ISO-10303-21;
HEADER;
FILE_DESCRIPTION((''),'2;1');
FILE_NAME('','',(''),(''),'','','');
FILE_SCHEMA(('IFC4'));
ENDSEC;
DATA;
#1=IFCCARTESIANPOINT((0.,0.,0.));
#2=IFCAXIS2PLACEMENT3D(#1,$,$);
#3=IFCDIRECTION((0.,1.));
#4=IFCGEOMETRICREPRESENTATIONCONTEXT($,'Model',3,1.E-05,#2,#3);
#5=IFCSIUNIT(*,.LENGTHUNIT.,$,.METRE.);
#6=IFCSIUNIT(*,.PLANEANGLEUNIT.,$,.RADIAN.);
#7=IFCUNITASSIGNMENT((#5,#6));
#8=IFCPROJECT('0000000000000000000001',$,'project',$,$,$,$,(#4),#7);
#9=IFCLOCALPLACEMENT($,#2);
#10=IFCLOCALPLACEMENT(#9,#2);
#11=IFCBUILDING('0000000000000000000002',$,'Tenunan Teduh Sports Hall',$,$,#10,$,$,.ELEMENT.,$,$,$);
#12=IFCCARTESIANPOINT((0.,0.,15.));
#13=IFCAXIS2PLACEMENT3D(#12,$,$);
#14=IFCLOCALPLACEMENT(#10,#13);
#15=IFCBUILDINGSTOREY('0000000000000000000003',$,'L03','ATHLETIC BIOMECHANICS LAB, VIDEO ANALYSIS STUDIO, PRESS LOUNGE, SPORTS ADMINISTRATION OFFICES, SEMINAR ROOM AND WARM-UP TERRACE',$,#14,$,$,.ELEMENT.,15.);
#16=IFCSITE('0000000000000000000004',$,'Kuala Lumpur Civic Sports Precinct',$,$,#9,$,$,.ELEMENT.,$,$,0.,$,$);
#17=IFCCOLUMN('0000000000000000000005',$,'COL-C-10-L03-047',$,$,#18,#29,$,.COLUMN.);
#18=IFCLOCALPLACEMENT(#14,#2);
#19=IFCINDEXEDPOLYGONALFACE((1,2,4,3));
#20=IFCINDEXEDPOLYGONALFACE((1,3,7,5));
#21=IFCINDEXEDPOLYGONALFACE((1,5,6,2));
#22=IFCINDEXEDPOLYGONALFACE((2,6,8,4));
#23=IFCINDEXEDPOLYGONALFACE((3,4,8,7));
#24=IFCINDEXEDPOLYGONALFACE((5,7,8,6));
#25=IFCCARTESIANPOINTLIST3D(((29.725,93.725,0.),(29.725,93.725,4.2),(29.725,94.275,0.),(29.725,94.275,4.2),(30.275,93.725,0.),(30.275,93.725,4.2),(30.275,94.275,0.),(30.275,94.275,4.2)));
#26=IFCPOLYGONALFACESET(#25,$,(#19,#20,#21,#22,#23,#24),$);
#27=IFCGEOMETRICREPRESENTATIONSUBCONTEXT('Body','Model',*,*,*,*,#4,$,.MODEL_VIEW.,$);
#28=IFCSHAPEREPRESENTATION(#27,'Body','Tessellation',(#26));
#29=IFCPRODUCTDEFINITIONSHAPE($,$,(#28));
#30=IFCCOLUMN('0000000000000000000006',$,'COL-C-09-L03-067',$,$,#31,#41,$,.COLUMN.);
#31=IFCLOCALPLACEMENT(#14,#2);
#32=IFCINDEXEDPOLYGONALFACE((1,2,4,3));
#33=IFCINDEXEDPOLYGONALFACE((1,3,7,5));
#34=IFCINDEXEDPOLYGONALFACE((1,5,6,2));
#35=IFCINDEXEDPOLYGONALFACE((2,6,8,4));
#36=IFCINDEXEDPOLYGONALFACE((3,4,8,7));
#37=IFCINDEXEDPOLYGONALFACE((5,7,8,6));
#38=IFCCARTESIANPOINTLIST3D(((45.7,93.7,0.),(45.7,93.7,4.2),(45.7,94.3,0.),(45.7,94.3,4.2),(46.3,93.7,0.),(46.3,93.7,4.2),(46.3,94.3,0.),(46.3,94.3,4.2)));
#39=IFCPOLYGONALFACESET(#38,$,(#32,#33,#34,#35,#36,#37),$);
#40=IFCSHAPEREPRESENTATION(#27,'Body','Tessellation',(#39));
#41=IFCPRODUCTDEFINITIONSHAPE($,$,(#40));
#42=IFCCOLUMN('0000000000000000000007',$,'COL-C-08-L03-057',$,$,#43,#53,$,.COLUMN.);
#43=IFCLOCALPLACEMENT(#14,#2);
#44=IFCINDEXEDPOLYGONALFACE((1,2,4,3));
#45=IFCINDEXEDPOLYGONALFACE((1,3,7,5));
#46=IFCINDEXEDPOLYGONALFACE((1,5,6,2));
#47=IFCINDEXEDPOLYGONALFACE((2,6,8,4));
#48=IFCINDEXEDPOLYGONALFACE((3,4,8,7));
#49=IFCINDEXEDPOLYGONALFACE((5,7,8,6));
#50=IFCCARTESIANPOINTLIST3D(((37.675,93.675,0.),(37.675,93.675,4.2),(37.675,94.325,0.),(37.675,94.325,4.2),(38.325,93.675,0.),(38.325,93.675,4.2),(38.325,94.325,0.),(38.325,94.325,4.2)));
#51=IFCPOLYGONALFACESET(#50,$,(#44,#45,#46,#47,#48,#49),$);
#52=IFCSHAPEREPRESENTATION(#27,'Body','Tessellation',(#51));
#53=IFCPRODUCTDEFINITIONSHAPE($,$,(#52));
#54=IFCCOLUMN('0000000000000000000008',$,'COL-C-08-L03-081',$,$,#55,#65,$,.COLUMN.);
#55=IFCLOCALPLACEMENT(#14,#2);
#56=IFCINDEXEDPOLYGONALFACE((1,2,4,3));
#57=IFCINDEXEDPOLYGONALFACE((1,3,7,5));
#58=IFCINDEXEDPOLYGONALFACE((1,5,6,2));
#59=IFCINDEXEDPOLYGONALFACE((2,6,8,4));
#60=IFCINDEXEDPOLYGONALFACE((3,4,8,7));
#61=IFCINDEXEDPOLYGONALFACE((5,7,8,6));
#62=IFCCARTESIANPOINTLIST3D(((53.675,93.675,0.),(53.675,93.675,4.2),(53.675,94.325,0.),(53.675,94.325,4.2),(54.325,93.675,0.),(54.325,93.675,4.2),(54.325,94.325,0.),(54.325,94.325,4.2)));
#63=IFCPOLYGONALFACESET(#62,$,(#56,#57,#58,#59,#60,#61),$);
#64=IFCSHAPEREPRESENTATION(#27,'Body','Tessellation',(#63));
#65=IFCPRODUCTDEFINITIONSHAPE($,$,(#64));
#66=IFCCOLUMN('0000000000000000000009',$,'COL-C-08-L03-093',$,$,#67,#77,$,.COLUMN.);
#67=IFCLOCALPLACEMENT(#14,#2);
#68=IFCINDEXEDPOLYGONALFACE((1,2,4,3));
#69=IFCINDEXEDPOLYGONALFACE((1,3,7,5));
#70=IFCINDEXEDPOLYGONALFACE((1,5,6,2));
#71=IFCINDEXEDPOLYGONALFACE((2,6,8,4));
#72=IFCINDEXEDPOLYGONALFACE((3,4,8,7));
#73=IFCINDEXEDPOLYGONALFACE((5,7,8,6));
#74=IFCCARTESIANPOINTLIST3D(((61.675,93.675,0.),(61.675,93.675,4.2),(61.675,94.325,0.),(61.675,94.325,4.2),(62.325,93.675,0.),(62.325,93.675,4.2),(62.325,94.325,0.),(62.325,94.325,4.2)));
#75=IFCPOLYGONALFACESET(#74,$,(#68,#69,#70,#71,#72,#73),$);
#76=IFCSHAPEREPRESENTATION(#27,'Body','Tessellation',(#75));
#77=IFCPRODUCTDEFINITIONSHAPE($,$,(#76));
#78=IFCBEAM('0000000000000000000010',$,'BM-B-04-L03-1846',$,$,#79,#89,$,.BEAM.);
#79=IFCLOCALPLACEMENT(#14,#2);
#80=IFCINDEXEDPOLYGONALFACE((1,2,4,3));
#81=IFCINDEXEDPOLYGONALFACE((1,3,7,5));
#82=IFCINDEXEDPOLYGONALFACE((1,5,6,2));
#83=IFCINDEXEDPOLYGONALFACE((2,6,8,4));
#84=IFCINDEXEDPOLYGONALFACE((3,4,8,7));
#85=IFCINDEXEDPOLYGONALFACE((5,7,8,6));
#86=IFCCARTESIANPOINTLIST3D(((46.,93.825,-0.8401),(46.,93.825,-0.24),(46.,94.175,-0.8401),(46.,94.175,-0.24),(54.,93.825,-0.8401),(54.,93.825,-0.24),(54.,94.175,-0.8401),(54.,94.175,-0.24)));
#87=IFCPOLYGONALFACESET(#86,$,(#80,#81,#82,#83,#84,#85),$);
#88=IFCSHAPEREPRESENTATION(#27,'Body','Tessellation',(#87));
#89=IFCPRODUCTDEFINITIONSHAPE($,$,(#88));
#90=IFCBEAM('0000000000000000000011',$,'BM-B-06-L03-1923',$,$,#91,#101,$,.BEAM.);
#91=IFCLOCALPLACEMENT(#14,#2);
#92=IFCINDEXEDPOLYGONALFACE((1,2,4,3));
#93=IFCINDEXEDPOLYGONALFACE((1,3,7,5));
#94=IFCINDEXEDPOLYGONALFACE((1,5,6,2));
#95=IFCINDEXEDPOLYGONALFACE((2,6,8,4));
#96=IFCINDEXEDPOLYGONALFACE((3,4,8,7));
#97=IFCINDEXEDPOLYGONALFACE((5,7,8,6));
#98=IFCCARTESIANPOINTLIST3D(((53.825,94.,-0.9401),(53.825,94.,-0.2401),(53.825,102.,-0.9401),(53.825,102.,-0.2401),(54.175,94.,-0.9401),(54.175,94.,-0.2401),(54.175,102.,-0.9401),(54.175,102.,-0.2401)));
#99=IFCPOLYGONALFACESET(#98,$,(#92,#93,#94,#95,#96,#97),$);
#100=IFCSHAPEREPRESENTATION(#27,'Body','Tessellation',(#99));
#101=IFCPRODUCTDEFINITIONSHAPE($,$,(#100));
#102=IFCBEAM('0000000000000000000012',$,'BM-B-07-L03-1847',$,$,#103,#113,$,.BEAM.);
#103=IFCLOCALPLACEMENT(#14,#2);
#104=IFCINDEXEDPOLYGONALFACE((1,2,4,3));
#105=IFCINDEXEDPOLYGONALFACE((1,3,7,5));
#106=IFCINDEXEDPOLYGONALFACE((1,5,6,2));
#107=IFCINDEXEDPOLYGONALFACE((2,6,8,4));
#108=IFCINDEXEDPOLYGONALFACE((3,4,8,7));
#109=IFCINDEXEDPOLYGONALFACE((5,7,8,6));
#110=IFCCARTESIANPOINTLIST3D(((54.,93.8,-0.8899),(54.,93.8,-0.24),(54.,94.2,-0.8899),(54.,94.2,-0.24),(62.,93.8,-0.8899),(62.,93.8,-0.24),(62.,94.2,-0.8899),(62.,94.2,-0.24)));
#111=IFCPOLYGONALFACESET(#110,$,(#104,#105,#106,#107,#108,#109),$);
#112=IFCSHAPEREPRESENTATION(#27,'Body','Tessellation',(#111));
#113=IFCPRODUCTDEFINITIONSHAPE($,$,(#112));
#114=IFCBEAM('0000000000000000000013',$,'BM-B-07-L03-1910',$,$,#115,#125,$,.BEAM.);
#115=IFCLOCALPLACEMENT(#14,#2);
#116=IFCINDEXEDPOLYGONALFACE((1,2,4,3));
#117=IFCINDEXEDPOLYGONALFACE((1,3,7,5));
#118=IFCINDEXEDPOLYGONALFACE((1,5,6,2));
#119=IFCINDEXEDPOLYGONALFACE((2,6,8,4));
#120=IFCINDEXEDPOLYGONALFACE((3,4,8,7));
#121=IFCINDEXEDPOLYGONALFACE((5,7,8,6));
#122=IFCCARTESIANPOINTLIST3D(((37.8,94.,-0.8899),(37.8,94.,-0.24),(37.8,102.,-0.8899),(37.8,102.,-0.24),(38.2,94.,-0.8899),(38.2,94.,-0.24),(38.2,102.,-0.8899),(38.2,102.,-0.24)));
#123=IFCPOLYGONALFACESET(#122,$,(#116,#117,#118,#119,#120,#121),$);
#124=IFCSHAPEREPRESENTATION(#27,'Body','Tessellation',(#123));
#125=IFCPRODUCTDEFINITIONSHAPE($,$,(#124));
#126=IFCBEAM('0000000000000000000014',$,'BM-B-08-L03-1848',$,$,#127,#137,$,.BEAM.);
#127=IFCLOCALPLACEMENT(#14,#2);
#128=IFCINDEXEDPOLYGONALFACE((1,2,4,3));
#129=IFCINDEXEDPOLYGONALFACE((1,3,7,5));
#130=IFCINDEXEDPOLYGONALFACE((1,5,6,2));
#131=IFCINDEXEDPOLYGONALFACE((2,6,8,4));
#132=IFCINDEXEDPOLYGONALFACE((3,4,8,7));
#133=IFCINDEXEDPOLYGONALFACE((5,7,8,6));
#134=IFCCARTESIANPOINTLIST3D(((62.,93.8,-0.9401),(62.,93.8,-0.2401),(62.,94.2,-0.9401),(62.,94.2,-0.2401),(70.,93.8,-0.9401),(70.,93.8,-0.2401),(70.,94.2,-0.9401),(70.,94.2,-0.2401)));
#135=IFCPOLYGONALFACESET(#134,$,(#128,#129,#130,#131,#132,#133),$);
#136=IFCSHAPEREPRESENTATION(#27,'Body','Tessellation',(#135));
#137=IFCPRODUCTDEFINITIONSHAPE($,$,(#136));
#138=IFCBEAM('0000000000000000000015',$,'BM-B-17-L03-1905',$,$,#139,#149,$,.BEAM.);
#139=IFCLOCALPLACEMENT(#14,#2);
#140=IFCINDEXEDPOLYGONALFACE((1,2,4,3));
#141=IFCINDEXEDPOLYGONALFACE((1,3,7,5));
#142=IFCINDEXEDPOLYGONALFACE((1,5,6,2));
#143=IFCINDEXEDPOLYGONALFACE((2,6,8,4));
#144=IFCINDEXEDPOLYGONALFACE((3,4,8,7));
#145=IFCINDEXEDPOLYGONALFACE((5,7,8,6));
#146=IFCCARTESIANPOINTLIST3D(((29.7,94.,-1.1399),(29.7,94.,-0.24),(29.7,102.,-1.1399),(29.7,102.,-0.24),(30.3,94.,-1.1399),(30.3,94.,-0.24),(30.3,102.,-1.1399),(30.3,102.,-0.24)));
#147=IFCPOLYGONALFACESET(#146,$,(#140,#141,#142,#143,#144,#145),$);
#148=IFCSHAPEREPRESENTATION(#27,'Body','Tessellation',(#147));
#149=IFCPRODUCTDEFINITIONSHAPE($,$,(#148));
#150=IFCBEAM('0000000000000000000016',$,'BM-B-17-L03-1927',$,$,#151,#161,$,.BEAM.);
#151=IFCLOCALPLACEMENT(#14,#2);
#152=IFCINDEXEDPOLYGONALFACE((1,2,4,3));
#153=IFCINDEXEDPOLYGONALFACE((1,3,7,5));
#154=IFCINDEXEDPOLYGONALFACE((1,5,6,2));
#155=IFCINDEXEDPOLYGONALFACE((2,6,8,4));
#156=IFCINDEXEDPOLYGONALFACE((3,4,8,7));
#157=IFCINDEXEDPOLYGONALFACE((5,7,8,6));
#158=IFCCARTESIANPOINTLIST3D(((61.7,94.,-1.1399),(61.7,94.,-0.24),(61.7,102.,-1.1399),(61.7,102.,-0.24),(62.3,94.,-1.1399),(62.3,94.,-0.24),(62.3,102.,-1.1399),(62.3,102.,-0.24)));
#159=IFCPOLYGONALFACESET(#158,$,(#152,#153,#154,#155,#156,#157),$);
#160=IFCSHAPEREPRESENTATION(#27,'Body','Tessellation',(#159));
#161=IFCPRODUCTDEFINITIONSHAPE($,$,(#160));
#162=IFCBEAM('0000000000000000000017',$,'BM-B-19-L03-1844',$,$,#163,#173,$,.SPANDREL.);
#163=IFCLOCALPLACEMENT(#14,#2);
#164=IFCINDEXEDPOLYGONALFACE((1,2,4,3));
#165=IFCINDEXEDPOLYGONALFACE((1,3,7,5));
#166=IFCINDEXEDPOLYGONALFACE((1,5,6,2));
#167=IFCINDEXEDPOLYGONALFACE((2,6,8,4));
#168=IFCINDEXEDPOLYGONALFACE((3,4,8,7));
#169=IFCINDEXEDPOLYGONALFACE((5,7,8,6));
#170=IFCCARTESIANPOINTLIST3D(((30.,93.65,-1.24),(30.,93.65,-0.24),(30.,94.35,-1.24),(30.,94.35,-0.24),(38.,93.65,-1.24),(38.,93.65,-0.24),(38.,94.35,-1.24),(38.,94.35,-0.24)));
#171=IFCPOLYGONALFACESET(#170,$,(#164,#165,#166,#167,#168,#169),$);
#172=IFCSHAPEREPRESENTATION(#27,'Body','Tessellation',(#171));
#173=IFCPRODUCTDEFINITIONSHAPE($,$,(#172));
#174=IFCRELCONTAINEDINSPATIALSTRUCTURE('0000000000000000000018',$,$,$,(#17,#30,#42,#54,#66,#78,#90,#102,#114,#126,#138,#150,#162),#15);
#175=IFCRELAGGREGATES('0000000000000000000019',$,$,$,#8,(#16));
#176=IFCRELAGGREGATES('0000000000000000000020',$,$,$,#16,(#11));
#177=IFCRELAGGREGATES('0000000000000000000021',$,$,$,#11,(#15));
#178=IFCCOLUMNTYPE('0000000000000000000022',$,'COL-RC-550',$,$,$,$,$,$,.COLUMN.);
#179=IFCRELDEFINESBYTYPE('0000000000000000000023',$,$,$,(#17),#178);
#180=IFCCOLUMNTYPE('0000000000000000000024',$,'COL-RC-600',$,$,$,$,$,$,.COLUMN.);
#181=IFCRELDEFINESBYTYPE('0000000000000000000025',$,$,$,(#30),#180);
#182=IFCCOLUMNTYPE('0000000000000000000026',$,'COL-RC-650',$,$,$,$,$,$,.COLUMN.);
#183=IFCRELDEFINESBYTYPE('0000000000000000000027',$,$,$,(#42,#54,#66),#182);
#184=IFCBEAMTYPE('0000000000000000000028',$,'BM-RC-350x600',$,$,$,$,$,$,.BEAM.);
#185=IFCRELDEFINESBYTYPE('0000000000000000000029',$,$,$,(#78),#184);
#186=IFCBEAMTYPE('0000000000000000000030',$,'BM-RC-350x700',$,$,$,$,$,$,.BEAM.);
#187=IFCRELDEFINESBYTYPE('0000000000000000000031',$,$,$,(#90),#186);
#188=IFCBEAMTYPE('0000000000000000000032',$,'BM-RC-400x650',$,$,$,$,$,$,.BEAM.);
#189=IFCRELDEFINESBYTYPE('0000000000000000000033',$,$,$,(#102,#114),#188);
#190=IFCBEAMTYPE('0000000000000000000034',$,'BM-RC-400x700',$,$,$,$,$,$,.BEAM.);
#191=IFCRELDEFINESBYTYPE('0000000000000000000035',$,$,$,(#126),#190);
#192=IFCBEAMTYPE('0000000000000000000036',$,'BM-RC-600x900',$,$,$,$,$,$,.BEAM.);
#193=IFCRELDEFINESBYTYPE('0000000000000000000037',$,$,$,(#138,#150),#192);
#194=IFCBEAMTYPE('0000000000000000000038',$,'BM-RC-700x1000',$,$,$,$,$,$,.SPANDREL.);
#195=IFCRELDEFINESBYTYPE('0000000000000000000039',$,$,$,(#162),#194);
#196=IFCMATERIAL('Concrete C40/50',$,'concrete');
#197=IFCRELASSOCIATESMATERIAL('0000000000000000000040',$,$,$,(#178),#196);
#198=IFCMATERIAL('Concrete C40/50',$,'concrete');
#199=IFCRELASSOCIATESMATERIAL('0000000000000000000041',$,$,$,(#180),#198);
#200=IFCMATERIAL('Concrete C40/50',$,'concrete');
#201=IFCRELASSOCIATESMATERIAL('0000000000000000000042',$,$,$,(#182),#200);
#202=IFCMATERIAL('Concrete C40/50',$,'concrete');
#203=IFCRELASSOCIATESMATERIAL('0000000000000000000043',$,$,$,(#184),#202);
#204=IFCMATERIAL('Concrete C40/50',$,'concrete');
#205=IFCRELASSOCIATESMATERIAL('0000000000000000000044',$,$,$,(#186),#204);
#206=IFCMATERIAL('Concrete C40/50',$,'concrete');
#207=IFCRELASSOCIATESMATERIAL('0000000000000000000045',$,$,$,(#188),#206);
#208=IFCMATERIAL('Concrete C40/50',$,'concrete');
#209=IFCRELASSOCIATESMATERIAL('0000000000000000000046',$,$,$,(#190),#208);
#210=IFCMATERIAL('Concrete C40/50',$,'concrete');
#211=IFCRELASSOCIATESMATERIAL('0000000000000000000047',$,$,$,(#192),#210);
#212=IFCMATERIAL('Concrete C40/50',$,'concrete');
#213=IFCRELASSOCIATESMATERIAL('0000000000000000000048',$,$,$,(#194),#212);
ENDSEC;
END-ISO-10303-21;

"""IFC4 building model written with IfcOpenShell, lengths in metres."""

from ifc_helpers import new_model, si_unit, direction, frame, origin, origin_2d, place, context, subcontext, project, spatial, rectangle, extrude, material, material_profile, profile_set, type_object, element, save


model = new_model("IFC4")

# Units and contexts
model_context = context("Model", 3, precision=1e-05, world=origin(), true_north=direction((0.0, 1.0)))
body_context = subcontext(model_context, "Body", "Model", "MODEL_VIEW")
ifc_project = project(units=[si_unit("LENGTHUNIT", "METRE"), si_unit("PLANEANGLEUNIT", "RADIAN")], contexts=[model_context])

# Site, building, storey
site_placement = place(None, origin())
site = spatial("IfcSite", under=ifc_project, at=site_placement, Name="Kuala Lumpur Civic Sports Precinct", CompositionType="ELEMENT", RefElevation=0.0)
building_placement = place(site_placement, origin())
building = spatial("IfcBuilding", under=site, at=building_placement, Name="Tenunan Teduh Sports Hall", CompositionType="ELEMENT")
storey_placement = place(building_placement, frame((0.0, 0.0, 15.0)))
storey = spatial("IfcBuildingStorey", under=building, at=storey_placement, Name="L03", Description="ATHLETIC BIOMECHANICS LAB, VIDEO ANALYSIS STUDIO, PRESS LOUNGE, SPORTS ADMINISTRATION OFFICES, SEMINAR ROOM AND WARM-UP TERRACE", CompositionType="ELEMENT", Elevation=15.0)

# Columns
ifc_material_1 = material(Name="Concrete C40/50", Category="concrete")
ifc_material_profile_1 = material_profile(ifc_material_1, rectangle(XDim=0.55, YDim=0.55, at=origin_2d()), Name="RC 550x550")
ifc_profile_set_1 = profile_set([ifc_material_profile_1], Name="Concrete C40/50")
column_type_1 = type_object("IfcColumnType", Name="COL-RC-550", PredefinedType="COLUMN", material=ifc_profile_set_1)
column_1_placement = place(storey_placement, frame((30.0, 94.0, 0.0), z_axis=(0.0, 0.0, 1.0), x_axis=(1.0, 0.0, 0.0)))
element("IfcColumn", 1, at=column_1_placement, inside=storey, type_object=column_type_1, Name="COL-C-10-L03-047", PredefinedType="COLUMN", context=body_context, shape_type="SweptSolid", body=[
    extrude(rectangle(XDim=0.55, YDim=0.55, at=origin_2d()), origin(), (0.0, 0.0, 1.0), 4.2),
])
ifc_material_2 = material(Name="Concrete C40/50", Category="concrete")
ifc_material_profile_2 = material_profile(ifc_material_2, rectangle(XDim=0.6001, YDim=0.6001, at=origin_2d()), Name="RC 600x600")
ifc_profile_set_2 = profile_set([ifc_material_profile_2], Name="Concrete C40/50")
column_type_2 = type_object("IfcColumnType", Name="COL-RC-600", PredefinedType="COLUMN", material=ifc_profile_set_2)
column_2_placement = place(storey_placement, frame((46.0, 94.0, 0.0), z_axis=(0.0, 0.0, 1.0), x_axis=(1.0, 0.0, 0.0)))
element("IfcColumn", 2, at=column_2_placement, inside=storey, type_object=column_type_2, Name="COL-C-09-L03-067", PredefinedType="COLUMN", context=body_context, shape_type="SweptSolid", body=[
    extrude(rectangle(XDim=0.6001, YDim=0.6001, at=origin_2d()), origin(), (0.0, 0.0, 1.0), 4.2),
])
ifc_material_3 = material(Name="Concrete C40/50", Category="concrete")
ifc_material_profile_3 = material_profile(ifc_material_3, rectangle(XDim=0.6499, YDim=0.6499, at=origin_2d()), Name="RC 650x650")
ifc_profile_set_3 = profile_set([ifc_material_profile_3], Name="Concrete C40/50")
column_type_3 = type_object("IfcColumnType", Name="COL-RC-650", PredefinedType="COLUMN", material=ifc_profile_set_3)
for number, where, z_axis, x_axis, name in (
    (3, (38.0, 94.0, 0.0), (0.0, 0.0, 1.0), (1.0, 0.0, 0.0), "COL-C-08-L03-057"),
    (4, (54.0, 94.0, 0.0), (0.0, 0.0, 1.0), (1.0, 0.0, 0.0), "COL-C-08-L03-081"),
    (5, (62.0, 94.0, 0.0), (0.0, 0.0, 1.0), (1.0, 0.0, 0.0), "COL-C-08-L03-093"),
):
    element("IfcColumn", number, at=place(storey_placement, frame(where, z_axis=z_axis, x_axis=x_axis)), inside=storey, type_object=column_type_3, Name=name, PredefinedType="COLUMN", context=body_context, shape_type="SweptSolid", body=[
        extrude(rectangle(XDim=0.6499, YDim=0.6499, at=origin_2d()), origin(), (0.0, 0.0, 1.0), 4.2),
    ])

# Beams
ifc_material_4 = material(Name="Concrete C40/50", Category="concrete")
ifc_material_profile_4 = material_profile(ifc_material_4, rectangle(XDim=0.3501, YDim=0.6001, at=origin_2d()), Name="RCB 350x600")
ifc_profile_set_4 = profile_set([ifc_material_profile_4], Name="Concrete C40/50")
beam_type_1 = type_object("IfcBeamType", Name="BM-RC-350x600", PredefinedType="BEAM", material=ifc_profile_set_4)
beam_1_placement = place(storey_placement, frame((46.0, 94.0, -0.54), z_axis=(1.0, 0.0, 0.0), x_axis=(0.0, 1.0, 0.0)))
element("IfcBeam", 6, at=beam_1_placement, inside=storey, type_object=beam_type_1, Name="BM-B-04-L03-1846", PredefinedType="BEAM", context=body_context, shape_type="SweptSolid", body=[
    extrude(rectangle(XDim=0.3501, YDim=0.6001, at=origin_2d()), origin(), (0.0, 0.0, 1.0), 8.0),
])
ifc_material_5 = material(Name="Concrete C40/50", Category="concrete")
ifc_material_profile_5 = material_profile(ifc_material_5, rectangle(XDim=0.3501, YDim=0.7, at=origin_2d()), Name="RCB 350x700")
ifc_profile_set_5 = profile_set([ifc_material_profile_5], Name="Concrete C40/50")
beam_type_2 = type_object("IfcBeamType", Name="BM-RC-350x700", PredefinedType="BEAM", material=ifc_profile_set_5)
beam_2_placement = place(storey_placement, frame((54.0, 94.0, -0.5901), z_axis=(0.0, 1.0, 0.0), x_axis=(-1.0, 0.0, 0.0)))
element("IfcBeam", 7, at=beam_2_placement, inside=storey, type_object=beam_type_2, Name="BM-B-06-L03-1923", PredefinedType="BEAM", context=body_context, shape_type="SweptSolid", body=[
    extrude(rectangle(XDim=0.3501, YDim=0.7, at=origin_2d()), origin(), (0.0, 0.0, 1.0), 8.0),
])
ifc_material_6 = material(Name="Concrete C40/50", Category="concrete")
ifc_material_profile_6 = material_profile(ifc_material_6, rectangle(XDim=0.3999, YDim=0.6499, at=origin_2d()), Name="RCB 400x650")
ifc_profile_set_6 = profile_set([ifc_material_profile_6], Name="Concrete C40/50")
beam_type_3 = type_object("IfcBeamType", Name="BM-RC-400x650", PredefinedType="BEAM", material=ifc_profile_set_6)
for number, where, z_axis, x_axis, name in (
    (8, (54.0, 94.0, -0.5649), (1.0, 0.0, 0.0), (0.0, 1.0, 0.0), "BM-B-07-L03-1847"),
    (9, (38.0, 94.0, -0.5649), (0.0, 1.0, 0.0), (-1.0, 0.0, 0.0), "BM-B-07-L03-1910"),
):
    element("IfcBeam", number, at=place(storey_placement, frame(where, z_axis=z_axis, x_axis=x_axis)), inside=storey, type_object=beam_type_3, Name=name, PredefinedType="BEAM", context=body_context, shape_type="SweptSolid", body=[
        extrude(rectangle(XDim=0.3999, YDim=0.6499, at=origin_2d()), origin(), (0.0, 0.0, 1.0), 8.0),
    ])
ifc_material_7 = material(Name="Concrete C40/50", Category="concrete")
ifc_material_profile_7 = material_profile(ifc_material_7, rectangle(XDim=0.3999, YDim=0.7, at=origin_2d()), Name="RCB 400x700")
ifc_profile_set_7 = profile_set([ifc_material_profile_7], Name="Concrete C40/50")
beam_type_4 = type_object("IfcBeamType", Name="BM-RC-400x700", PredefinedType="BEAM", material=ifc_profile_set_7)
beam_3_placement = place(storey_placement, frame((62.0, 94.0, -0.5901), z_axis=(1.0, 0.0, 0.0), x_axis=(0.0, 1.0, 0.0)))
element("IfcBeam", 10, at=beam_3_placement, inside=storey, type_object=beam_type_4, Name="BM-B-08-L03-1848", PredefinedType="BEAM", context=body_context, shape_type="SweptSolid", body=[
    extrude(rectangle(XDim=0.3999, YDim=0.7, at=origin_2d()), origin(), (0.0, 0.0, 1.0), 8.0),
])
ifc_material_8 = material(Name="Concrete C40/50", Category="concrete")
ifc_material_profile_8 = material_profile(ifc_material_8, rectangle(XDim=0.6001, YDim=0.8999, at=origin_2d()), Name="RCB 600x900")
ifc_profile_set_8 = profile_set([ifc_material_profile_8], Name="Concrete C40/50")
beam_type_5 = type_object("IfcBeamType", Name="BM-RC-600x900", PredefinedType="BEAM", material=ifc_profile_set_8)
for number, where, z_axis, x_axis, name in (
    (11, (30.0, 94.0, -0.6899), (0.0, 1.0, 0.0), (-1.0, 0.0, 0.0), "BM-B-17-L03-1905"),
    (12, (62.0, 94.0, -0.6899), (0.0, 1.0, 0.0), (-1.0, 0.0, 0.0), "BM-B-17-L03-1927"),
):
    element("IfcBeam", number, at=place(storey_placement, frame(where, z_axis=z_axis, x_axis=x_axis)), inside=storey, type_object=beam_type_5, Name=name, PredefinedType="BEAM", context=body_context, shape_type="SweptSolid", body=[
        extrude(rectangle(XDim=0.6001, YDim=0.8999, at=origin_2d()), origin(), (0.0, 0.0, 1.0), 8.0),
    ])
ifc_material_9 = material(Name="Concrete C40/50", Category="concrete")
ifc_material_profile_9 = material_profile(ifc_material_9, rectangle(XDim=0.7, YDim=1.0, at=origin_2d()), Name="RCB 700x1000")
ifc_profile_set_9 = profile_set([ifc_material_profile_9], Name="Concrete C40/50")
beam_type_6 = type_object("IfcBeamType", Name="BM-RC-700x1000", PredefinedType="SPANDREL", material=ifc_profile_set_9)
beam_4_placement = place(storey_placement, frame((30.0, 94.0, -0.74), z_axis=(1.0, 0.0, 0.0), x_axis=(0.0, 1.0, 0.0)))
element("IfcBeam", 13, at=beam_4_placement, inside=storey, type_object=beam_type_6, Name="BM-B-19-L03-1844", PredefinedType="SPANDREL", context=body_context, shape_type="SweptSolid", body=[
    extrude(rectangle(XDim=0.7, YDim=1.0, at=origin_2d()), origin(), (0.0, 0.0, 1.0), 8.0),
])

save(model, "model.ifc")
